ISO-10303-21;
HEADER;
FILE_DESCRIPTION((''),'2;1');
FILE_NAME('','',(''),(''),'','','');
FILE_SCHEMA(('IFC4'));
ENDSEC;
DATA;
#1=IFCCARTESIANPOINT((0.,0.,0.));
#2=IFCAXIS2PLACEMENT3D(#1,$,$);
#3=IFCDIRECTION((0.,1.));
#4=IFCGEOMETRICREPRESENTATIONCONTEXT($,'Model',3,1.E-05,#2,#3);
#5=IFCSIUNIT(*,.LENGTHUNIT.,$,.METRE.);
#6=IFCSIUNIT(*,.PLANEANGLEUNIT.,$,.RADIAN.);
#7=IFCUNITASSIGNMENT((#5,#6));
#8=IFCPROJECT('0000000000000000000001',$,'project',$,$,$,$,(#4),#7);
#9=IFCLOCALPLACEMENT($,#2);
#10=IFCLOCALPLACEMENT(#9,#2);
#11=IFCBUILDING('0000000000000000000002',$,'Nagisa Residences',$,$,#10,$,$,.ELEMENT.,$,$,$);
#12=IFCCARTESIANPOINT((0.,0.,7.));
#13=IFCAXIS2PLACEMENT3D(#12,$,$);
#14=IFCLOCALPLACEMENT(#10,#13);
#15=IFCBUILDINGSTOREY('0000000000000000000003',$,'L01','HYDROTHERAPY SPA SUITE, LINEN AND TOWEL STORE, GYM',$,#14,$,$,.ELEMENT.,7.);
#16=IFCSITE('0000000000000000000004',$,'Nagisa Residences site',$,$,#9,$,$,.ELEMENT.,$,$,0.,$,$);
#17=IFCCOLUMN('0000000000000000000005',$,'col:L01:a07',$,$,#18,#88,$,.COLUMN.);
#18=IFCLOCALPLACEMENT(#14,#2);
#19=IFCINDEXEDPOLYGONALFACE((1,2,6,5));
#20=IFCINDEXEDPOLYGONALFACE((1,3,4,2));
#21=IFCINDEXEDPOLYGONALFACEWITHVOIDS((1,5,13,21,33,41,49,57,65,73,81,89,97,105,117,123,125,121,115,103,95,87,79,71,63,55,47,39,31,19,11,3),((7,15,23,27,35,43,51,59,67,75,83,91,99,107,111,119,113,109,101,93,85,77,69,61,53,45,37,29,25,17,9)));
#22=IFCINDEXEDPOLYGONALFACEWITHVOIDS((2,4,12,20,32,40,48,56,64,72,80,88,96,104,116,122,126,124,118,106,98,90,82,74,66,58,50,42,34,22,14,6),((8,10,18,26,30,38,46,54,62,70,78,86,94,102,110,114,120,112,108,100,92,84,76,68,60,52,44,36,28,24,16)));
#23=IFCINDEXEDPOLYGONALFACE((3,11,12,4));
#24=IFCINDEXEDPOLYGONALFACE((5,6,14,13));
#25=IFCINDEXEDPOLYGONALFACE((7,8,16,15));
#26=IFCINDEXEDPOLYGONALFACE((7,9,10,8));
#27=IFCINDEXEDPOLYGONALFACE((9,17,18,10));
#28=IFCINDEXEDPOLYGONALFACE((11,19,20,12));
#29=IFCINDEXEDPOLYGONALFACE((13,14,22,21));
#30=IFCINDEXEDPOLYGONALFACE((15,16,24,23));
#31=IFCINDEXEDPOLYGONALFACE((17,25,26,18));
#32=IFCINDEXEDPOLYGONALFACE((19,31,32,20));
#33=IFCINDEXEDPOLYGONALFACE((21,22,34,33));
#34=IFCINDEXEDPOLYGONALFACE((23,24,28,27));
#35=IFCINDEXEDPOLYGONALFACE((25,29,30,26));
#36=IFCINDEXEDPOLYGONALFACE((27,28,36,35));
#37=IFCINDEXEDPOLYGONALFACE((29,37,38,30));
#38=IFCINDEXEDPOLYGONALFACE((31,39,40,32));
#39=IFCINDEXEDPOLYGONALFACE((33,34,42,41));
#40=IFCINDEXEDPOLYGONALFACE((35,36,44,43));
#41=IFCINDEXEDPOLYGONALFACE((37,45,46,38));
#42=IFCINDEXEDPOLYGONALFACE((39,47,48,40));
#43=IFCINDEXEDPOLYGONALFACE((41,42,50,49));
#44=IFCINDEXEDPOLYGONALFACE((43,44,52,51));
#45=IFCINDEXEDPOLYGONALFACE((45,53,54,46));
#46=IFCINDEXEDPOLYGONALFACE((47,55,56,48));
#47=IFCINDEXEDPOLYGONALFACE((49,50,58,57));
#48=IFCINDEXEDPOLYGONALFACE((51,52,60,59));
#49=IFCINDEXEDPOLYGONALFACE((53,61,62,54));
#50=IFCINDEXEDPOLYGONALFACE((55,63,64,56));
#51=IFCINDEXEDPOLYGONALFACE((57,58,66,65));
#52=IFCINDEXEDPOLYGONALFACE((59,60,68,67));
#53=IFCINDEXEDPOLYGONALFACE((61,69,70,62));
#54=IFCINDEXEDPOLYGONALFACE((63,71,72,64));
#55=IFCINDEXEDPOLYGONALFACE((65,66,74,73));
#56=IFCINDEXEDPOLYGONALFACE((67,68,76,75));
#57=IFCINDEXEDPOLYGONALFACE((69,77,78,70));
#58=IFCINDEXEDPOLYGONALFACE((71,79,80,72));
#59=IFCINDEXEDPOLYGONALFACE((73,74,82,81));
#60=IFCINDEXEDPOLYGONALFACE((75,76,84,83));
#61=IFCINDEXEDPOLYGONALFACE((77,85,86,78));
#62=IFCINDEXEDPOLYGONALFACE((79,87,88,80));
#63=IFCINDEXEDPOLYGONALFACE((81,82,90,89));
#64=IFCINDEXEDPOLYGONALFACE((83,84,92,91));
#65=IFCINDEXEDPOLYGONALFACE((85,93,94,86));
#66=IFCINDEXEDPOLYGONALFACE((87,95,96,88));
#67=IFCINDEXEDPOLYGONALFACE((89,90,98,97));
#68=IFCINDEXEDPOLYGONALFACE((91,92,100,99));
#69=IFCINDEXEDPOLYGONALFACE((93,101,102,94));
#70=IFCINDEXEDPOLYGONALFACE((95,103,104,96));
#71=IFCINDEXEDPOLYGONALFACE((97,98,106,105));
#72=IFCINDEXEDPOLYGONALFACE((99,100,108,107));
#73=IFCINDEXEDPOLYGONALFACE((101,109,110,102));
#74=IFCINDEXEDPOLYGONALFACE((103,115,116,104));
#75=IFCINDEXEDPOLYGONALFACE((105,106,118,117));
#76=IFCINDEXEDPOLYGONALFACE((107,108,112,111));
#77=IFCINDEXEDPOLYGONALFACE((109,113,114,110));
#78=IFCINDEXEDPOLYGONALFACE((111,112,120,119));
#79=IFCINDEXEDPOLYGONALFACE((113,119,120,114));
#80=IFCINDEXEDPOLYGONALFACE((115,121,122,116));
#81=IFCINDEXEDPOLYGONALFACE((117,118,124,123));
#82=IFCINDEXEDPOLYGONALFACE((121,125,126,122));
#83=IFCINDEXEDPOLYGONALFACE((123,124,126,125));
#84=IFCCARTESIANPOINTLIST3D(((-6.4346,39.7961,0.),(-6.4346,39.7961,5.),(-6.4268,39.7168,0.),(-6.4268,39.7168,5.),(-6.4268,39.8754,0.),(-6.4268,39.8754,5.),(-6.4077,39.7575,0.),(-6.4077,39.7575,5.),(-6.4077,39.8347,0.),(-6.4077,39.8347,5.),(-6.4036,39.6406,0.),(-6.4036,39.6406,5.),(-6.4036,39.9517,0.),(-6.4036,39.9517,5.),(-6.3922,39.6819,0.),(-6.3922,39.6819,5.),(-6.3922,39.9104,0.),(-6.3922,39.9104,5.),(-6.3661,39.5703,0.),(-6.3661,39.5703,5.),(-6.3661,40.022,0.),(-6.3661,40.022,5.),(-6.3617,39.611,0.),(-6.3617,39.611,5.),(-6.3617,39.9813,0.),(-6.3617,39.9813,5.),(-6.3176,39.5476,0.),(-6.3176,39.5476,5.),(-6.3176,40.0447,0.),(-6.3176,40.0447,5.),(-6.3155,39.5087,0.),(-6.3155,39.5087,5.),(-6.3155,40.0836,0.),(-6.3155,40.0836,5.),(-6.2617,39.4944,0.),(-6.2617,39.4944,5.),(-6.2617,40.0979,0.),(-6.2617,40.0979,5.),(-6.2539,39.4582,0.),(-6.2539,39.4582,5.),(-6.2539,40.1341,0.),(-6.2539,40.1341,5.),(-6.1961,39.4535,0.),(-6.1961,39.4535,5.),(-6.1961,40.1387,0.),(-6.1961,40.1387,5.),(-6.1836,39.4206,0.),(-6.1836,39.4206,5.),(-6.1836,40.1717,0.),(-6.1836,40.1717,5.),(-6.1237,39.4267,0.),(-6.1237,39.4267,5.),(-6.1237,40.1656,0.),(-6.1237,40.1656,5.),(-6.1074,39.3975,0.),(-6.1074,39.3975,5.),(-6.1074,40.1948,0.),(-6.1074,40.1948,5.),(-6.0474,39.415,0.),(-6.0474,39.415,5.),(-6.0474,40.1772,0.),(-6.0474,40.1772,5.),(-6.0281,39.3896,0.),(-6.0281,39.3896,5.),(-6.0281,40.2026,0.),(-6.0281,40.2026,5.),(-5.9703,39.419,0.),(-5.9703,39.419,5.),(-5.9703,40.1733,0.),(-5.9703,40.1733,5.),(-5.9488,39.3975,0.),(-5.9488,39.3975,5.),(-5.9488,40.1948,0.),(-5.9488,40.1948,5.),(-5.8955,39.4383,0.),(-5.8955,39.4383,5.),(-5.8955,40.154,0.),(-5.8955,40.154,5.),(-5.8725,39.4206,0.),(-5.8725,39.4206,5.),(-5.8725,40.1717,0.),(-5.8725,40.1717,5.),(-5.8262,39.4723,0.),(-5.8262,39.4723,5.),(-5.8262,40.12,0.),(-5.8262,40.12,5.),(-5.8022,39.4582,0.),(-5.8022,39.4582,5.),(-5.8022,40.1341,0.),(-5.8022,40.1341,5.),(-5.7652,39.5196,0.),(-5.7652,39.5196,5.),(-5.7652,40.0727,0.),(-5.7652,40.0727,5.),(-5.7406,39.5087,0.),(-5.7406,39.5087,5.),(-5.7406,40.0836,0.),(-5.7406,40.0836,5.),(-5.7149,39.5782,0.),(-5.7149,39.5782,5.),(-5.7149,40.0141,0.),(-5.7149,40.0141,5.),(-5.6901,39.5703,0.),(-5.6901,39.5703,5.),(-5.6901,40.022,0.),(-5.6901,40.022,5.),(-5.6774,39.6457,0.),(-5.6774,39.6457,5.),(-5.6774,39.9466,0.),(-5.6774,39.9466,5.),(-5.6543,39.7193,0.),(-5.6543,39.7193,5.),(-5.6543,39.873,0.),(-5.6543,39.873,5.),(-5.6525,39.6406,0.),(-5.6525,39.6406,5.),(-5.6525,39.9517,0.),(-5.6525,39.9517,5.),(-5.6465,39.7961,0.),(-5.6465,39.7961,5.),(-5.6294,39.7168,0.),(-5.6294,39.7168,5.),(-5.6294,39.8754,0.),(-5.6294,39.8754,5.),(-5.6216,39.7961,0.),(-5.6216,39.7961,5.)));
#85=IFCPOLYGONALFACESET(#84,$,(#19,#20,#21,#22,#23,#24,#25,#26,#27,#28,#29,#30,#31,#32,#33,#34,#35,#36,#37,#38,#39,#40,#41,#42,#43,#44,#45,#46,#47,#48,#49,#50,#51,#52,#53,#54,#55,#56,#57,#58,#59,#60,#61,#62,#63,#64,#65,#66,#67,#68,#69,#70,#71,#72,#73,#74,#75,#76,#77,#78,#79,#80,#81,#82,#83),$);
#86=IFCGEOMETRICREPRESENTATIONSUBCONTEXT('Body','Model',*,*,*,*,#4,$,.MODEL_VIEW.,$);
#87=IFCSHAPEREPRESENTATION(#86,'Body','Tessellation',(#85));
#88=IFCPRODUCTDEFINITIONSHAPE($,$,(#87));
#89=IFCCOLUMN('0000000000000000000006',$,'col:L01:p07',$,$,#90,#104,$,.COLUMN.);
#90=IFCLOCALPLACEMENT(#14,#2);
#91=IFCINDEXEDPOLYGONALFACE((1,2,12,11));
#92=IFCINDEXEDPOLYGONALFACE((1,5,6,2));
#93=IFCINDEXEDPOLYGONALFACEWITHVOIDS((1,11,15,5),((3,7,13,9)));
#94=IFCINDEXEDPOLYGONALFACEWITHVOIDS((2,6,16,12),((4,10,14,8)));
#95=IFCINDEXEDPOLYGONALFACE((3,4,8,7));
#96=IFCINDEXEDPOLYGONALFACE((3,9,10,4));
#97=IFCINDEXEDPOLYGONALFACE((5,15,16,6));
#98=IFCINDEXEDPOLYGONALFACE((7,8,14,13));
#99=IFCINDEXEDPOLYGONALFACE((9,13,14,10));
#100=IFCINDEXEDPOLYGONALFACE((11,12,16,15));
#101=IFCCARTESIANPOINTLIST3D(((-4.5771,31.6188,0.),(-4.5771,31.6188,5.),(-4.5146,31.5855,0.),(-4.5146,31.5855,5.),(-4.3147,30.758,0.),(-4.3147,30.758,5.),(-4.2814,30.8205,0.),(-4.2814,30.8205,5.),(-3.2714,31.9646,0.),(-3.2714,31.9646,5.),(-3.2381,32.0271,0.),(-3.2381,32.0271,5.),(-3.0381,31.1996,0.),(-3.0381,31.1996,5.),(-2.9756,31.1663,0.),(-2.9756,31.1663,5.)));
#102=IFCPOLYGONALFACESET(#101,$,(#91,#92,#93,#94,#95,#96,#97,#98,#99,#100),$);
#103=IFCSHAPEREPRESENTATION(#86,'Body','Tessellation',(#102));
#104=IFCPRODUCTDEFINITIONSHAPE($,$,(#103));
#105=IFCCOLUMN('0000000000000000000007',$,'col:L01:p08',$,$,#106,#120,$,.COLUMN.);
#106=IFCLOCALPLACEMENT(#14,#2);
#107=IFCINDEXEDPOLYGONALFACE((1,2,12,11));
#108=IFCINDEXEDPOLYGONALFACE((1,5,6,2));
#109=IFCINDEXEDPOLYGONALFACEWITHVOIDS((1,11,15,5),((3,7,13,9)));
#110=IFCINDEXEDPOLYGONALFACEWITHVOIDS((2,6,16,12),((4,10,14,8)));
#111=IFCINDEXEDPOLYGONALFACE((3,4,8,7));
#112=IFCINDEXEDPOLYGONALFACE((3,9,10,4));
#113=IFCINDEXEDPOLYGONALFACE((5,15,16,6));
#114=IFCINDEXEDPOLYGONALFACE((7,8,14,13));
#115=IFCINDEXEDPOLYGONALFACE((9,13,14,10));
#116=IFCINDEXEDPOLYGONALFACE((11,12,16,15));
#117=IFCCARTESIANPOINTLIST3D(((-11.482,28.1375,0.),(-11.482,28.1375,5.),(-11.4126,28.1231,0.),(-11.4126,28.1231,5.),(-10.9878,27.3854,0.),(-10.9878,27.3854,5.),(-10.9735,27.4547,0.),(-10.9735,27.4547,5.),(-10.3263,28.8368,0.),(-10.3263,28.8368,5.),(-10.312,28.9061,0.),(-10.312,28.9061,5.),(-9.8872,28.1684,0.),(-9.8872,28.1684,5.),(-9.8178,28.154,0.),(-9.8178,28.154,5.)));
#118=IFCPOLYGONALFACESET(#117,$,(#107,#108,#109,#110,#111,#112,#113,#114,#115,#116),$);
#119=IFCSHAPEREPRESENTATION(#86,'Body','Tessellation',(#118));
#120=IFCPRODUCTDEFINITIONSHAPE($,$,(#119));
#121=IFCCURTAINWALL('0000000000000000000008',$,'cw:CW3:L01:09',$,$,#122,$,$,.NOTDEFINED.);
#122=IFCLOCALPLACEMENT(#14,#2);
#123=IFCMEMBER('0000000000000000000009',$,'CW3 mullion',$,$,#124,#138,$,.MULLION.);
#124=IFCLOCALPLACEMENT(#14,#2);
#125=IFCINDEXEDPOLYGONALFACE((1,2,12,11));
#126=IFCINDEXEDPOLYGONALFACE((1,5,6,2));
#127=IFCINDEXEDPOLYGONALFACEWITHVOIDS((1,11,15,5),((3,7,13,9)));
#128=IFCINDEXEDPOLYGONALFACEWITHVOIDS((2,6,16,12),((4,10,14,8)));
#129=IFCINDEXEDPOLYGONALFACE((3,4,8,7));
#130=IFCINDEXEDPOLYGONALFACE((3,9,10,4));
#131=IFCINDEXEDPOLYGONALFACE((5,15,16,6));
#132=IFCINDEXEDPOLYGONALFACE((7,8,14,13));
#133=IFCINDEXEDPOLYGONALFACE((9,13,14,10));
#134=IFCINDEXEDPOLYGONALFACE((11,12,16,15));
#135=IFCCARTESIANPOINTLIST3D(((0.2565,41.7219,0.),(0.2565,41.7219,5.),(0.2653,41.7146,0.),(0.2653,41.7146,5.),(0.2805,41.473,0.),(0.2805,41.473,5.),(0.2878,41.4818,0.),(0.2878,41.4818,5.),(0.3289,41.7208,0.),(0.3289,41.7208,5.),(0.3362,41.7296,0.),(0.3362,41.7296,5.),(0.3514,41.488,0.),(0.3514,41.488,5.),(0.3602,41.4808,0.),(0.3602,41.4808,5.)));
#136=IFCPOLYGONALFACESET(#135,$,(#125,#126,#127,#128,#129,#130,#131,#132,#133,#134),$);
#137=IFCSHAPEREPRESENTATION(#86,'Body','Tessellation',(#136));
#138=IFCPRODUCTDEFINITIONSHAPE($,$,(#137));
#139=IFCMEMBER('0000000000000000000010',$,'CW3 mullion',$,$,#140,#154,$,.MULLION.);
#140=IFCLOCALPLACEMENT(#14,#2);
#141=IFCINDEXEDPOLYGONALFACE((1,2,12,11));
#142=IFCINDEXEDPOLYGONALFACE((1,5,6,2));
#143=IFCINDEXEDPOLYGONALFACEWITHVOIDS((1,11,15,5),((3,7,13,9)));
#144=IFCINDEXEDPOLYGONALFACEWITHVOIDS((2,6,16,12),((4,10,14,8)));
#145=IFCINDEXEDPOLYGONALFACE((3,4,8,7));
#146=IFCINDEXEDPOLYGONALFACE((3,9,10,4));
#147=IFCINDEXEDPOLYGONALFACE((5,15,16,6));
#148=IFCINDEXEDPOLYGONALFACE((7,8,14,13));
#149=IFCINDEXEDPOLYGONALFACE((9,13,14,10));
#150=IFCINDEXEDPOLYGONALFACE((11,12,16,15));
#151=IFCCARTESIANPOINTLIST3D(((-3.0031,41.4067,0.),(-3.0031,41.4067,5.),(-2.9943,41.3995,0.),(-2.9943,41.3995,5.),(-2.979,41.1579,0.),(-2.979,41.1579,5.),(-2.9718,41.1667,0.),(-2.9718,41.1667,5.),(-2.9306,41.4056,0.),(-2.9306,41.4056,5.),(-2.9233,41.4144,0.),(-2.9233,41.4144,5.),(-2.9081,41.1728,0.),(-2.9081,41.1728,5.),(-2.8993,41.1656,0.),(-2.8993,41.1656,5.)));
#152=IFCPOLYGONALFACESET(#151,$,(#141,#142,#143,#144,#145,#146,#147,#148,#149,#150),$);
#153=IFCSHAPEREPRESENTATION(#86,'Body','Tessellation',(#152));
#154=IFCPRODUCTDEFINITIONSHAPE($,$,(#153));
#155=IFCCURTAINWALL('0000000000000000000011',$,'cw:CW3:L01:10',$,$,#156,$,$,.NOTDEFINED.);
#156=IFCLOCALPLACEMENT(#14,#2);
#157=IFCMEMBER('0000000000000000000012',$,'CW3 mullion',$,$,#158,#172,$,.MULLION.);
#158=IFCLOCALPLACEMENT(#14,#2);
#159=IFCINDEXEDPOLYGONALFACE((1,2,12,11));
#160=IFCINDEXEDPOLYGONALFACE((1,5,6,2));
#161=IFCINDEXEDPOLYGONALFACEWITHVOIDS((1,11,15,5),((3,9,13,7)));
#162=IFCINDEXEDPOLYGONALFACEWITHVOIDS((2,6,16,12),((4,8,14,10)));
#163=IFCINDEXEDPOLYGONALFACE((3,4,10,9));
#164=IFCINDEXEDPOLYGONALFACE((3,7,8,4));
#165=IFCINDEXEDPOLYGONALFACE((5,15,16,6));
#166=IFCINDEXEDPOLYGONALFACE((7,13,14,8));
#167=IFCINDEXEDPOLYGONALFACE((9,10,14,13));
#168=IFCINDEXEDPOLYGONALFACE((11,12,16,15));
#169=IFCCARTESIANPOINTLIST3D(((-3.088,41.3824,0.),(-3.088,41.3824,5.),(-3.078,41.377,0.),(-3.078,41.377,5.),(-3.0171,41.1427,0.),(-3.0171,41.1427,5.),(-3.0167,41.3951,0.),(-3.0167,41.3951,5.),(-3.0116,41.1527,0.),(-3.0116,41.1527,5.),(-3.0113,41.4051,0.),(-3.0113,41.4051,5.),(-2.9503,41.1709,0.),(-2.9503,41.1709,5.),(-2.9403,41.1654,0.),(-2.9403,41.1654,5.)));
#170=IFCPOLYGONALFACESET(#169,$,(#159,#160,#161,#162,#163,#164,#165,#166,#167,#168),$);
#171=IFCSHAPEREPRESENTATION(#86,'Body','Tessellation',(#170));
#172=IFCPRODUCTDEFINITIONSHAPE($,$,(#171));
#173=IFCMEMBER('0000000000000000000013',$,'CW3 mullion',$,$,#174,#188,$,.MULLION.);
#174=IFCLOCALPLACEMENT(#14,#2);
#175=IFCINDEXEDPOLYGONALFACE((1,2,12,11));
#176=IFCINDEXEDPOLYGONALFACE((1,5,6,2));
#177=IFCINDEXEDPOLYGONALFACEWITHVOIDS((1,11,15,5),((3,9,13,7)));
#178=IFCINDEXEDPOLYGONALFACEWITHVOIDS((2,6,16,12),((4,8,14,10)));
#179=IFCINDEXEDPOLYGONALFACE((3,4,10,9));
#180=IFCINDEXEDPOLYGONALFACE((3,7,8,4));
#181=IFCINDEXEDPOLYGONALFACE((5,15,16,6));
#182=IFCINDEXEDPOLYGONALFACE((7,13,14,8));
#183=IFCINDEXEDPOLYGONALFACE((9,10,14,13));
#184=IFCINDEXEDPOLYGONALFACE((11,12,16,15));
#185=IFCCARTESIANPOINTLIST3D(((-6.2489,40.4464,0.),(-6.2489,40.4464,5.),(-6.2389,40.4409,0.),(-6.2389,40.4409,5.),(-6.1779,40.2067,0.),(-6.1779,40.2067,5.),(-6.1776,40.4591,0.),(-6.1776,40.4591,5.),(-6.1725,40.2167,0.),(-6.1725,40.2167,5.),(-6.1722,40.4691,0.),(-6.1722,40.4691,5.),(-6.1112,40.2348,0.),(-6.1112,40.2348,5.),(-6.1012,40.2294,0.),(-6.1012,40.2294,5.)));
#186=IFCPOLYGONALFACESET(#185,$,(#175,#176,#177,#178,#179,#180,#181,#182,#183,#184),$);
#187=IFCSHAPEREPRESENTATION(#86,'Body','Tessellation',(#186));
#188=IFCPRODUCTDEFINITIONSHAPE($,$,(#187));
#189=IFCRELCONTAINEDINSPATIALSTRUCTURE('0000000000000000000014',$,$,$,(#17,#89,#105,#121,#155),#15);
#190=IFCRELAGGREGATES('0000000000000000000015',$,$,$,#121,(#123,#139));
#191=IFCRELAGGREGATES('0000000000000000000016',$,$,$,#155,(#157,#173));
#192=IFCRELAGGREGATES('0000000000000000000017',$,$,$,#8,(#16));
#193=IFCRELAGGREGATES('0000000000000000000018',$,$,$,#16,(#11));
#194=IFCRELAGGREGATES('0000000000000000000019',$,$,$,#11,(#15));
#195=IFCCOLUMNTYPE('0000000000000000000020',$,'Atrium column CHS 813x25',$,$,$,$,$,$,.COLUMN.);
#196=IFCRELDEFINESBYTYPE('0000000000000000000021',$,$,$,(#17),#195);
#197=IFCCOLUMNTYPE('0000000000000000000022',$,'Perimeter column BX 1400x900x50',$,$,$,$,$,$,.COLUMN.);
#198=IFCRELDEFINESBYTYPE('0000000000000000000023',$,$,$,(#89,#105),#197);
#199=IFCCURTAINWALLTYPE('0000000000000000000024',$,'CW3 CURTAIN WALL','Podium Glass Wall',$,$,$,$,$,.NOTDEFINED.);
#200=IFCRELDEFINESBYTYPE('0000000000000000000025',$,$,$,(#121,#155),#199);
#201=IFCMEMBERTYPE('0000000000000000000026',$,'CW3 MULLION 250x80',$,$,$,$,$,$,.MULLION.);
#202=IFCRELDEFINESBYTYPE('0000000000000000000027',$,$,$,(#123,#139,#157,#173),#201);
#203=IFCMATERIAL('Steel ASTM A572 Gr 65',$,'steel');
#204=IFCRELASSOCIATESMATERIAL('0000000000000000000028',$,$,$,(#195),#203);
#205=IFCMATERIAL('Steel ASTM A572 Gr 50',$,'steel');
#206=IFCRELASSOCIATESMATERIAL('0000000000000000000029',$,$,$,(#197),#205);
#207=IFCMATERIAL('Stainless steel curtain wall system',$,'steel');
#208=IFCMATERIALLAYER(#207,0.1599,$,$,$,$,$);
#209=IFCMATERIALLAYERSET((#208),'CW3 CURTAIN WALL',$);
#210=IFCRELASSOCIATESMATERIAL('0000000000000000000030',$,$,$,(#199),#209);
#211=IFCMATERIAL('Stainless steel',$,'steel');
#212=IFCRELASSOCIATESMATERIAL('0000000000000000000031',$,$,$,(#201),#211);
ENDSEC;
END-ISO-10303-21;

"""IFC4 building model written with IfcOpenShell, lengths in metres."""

from ifc_helpers import new_model, si_unit, direction, frame, origin, origin_2d, place, context, subcontext, project, spatial, hollow_rectangle, hollow_circle, extrude, material, layer, layer_set, material_profile, profile_set, type_object, element, aggregate, save


model = new_model("IFC4")

# Units and contexts
model_context = context("Model", 3, precision=1e-05, world=origin(), true_north=direction((0.0, 1.0)))
body_context = subcontext(model_context, "Body", "Model", "MODEL_VIEW")
ifc_project = project(units=[si_unit("LENGTHUNIT", "METRE"), si_unit("PLANEANGLEUNIT", "RADIAN")], contexts=[model_context])

# Site, building, storey
site_placement = place(None, origin())
site = spatial("IfcSite", under=ifc_project, at=site_placement, Name="Nagisa Residences site", CompositionType="ELEMENT", RefElevation=0.0)
building_placement = place(site_placement, origin())
building = spatial("IfcBuilding", under=site, at=building_placement, Name="Nagisa Residences", CompositionType="ELEMENT")
storey_placement = place(building_placement, frame((0.0, 0.0, 7.0)))
storey = spatial("IfcBuildingStorey", under=building, at=storey_placement, Name="L01", Description="HYDROTHERAPY SPA SUITE, LINEN AND TOWEL STORE, GYM", CompositionType="ELEMENT", Elevation=7.0)

# Columns
ifc_material_1 = material(Name="Steel ASTM A572 Gr 65", Category="steel")
ifc_material_profile_1 = material_profile(ifc_material_1, hollow_circle(Radius=0.4065, WallThickness=0.0249, at=origin_2d()), Name="CHS 813x25")
ifc_profile_set_1 = profile_set([ifc_material_profile_1], Name="Steel ASTM A572 Gr 65")
column_type_1 = type_object("IfcColumnType", Name="Atrium column CHS 813x25", PredefinedType="COLUMN", material=ifc_profile_set_1)
column_placement = place(storey_placement, frame((-6.0281, 39.7961, 0.0), z_axis=(0.0, 0.0, 1.0), x_axis=(1.0, 0.0, 0.0)))
element("IfcColumn", 1, at=column_placement, inside=storey, type_object=column_type_1, Name="col:L01:a07", PredefinedType="COLUMN", context=body_context, shape_type="SweptSolid", body=[
    extrude(hollow_circle(Radius=0.4065, WallThickness=0.0249, at=origin_2d()), origin(), (0.0, 0.0, 1.0), 5.0),
])
ifc_material_2 = material(Name="Steel ASTM A572 Gr 50", Category="steel")
ifc_material_profile_2 = material_profile(ifc_material_2, hollow_rectangle(XDim=1.3999, YDim=0.8999, WallThickness=0.05, at=origin_2d()), Name="BX 1400x900x50")
ifc_profile_set_2 = profile_set([ifc_material_profile_2], Name="Steel ASTM A572 Gr 50")
column_type_2 = type_object("IfcColumnType", Name="Perimeter column BX 1400x900x50", PredefinedType="COLUMN", material=ifc_profile_set_2)
for number, where, z_axis, x_axis, name in (
    (2, (-3.7764, 31.3926, 0.0), (0.0, 0.0, 1.0), (-0.956525, -0.291652, 0.0), "col:L01:p07"),
    (3, (-10.6499, 28.1458, 0.0), (0.0, 0.0, 1.0), (-0.835766, -0.549086, 0.0), "col:L01:p08"),
):
    element("IfcColumn", number, at=place(storey_placement, frame(where, z_axis=z_axis, x_axis=x_axis)), inside=storey, type_object=column_type_2, Name=name, PredefinedType="COLUMN", context=body_context, shape_type="SweptSolid", body=[
        extrude(hollow_rectangle(XDim=1.3999, YDim=0.8999, WallThickness=0.05, at=origin_2d()), origin(), (0.0, 0.0, 1.0), 5.0),
    ])

# Curtain walls, members
ifc_material_3 = material(Name="Stainless steel curtain wall system", Category="steel")
ifc_layer_1 = layer(ifc_material_3, 0.1599)
ifc_layer_set_1 = layer_set([ifc_layer_1], Name="CW3 CURTAIN WALL")
curtain_wall_type_1 = type_object("IfcCurtainWallType", Name="CW3 CURTAIN WALL", Description="Podium Glass Wall", PredefinedType="NOTDEFINED", material=ifc_layer_set_1)
curtain_wall_1_placement = place(storey_placement, origin())
curtain_wall_1 = element("IfcCurtainWall", 4, at=curtain_wall_1_placement, inside=storey, type_object=curtain_wall_type_1, Name="cw:CW3:L01:09", PredefinedType="NOTDEFINED")
ifc_material_4 = material(Name="Stainless steel", Category="steel")
ifc_material_profile_3 = material_profile(ifc_material_4, hollow_rectangle(XDim=0.25, YDim=0.0801, WallThickness=0.0081, at=origin_2d()), Name="CW3 MULLION 250x80")
ifc_profile_set_3 = profile_set([ifc_material_profile_3], Name="Stainless steel")
member_type_1 = type_object("IfcMemberType", Name="CW3 MULLION 250x80", PredefinedType="MULLION", material=ifc_profile_set_3)
member_1_placement = place(storey_placement, frame((0.3083, 41.6013, 0.0), z_axis=(0.0, 0.0, 1.0), x_axis=(0.096249, -0.995357, 0.0)))
member_1 = element("IfcMember", 5, at=member_1_placement, type_object=member_type_1, Name="CW3 mullion", PredefinedType="MULLION", context=body_context, shape_type="SweptSolid", body=[
    extrude(hollow_rectangle(XDim=0.25, YDim=0.0801, WallThickness=0.0081, at=origin_2d()), origin(), (0.0, 0.0, 1.0), 5.0),
])
member_2_placement = place(storey_placement, frame((-2.9512, 41.2861, 0.0), z_axis=(0.0, 0.0, 1.0), x_axis=(0.096249, -0.995357, 0.0)))
member_2 = element("IfcMember", 6, at=member_2_placement, type_object=member_type_1, Name="CW3 mullion", PredefinedType="MULLION", context=body_context, shape_type="SweptSolid", body=[
    extrude(hollow_rectangle(XDim=0.25, YDim=0.0801, WallThickness=0.0081, at=origin_2d()), origin(), (0.0, 0.0, 1.0), 5.0),
])
curtain_wall_2_placement = place(storey_placement, origin())
curtain_wall_2 = element("IfcCurtainWall", 7, at=curtain_wall_2_placement, inside=storey, type_object=curtain_wall_type_1, Name="cw:CW3:L01:10", PredefinedType="NOTDEFINED")
member_3_placement = place(storey_placement, frame((-3.0142, 41.2739, 0.0), z_axis=(0.0, 0.0, 1.0), x_axis=(0.283963, -0.958835, 0.0)))
member_3 = element("IfcMember", 8, at=member_3_placement, type_object=member_type_1, Name="CW3 mullion", PredefinedType="MULLION", context=body_context, shape_type="SweptSolid", body=[
    extrude(hollow_rectangle(XDim=0.25, YDim=0.0801, WallThickness=0.0081, at=origin_2d()), origin(), (0.0, 0.0, 1.0), 5.0),
])
member_4_placement = place(storey_placement, frame((-6.175, 40.3379, 0.0), z_axis=(0.0, 0.0, 1.0), x_axis=(0.283963, -0.958835, 0.0)))
member_4 = element("IfcMember", 9, at=member_4_placement, type_object=member_type_1, Name="CW3 mullion", PredefinedType="MULLION", context=body_context, shape_type="SweptSolid", body=[
    extrude(hollow_rectangle(XDim=0.25, YDim=0.0801, WallThickness=0.0081, at=origin_2d()), origin(), (0.0, 0.0, 1.0), 5.0),
])

aggregate(curtain_wall_1, [member_1, member_2])
aggregate(curtain_wall_2, [member_3, member_4])

save(model, "model.ifc")
